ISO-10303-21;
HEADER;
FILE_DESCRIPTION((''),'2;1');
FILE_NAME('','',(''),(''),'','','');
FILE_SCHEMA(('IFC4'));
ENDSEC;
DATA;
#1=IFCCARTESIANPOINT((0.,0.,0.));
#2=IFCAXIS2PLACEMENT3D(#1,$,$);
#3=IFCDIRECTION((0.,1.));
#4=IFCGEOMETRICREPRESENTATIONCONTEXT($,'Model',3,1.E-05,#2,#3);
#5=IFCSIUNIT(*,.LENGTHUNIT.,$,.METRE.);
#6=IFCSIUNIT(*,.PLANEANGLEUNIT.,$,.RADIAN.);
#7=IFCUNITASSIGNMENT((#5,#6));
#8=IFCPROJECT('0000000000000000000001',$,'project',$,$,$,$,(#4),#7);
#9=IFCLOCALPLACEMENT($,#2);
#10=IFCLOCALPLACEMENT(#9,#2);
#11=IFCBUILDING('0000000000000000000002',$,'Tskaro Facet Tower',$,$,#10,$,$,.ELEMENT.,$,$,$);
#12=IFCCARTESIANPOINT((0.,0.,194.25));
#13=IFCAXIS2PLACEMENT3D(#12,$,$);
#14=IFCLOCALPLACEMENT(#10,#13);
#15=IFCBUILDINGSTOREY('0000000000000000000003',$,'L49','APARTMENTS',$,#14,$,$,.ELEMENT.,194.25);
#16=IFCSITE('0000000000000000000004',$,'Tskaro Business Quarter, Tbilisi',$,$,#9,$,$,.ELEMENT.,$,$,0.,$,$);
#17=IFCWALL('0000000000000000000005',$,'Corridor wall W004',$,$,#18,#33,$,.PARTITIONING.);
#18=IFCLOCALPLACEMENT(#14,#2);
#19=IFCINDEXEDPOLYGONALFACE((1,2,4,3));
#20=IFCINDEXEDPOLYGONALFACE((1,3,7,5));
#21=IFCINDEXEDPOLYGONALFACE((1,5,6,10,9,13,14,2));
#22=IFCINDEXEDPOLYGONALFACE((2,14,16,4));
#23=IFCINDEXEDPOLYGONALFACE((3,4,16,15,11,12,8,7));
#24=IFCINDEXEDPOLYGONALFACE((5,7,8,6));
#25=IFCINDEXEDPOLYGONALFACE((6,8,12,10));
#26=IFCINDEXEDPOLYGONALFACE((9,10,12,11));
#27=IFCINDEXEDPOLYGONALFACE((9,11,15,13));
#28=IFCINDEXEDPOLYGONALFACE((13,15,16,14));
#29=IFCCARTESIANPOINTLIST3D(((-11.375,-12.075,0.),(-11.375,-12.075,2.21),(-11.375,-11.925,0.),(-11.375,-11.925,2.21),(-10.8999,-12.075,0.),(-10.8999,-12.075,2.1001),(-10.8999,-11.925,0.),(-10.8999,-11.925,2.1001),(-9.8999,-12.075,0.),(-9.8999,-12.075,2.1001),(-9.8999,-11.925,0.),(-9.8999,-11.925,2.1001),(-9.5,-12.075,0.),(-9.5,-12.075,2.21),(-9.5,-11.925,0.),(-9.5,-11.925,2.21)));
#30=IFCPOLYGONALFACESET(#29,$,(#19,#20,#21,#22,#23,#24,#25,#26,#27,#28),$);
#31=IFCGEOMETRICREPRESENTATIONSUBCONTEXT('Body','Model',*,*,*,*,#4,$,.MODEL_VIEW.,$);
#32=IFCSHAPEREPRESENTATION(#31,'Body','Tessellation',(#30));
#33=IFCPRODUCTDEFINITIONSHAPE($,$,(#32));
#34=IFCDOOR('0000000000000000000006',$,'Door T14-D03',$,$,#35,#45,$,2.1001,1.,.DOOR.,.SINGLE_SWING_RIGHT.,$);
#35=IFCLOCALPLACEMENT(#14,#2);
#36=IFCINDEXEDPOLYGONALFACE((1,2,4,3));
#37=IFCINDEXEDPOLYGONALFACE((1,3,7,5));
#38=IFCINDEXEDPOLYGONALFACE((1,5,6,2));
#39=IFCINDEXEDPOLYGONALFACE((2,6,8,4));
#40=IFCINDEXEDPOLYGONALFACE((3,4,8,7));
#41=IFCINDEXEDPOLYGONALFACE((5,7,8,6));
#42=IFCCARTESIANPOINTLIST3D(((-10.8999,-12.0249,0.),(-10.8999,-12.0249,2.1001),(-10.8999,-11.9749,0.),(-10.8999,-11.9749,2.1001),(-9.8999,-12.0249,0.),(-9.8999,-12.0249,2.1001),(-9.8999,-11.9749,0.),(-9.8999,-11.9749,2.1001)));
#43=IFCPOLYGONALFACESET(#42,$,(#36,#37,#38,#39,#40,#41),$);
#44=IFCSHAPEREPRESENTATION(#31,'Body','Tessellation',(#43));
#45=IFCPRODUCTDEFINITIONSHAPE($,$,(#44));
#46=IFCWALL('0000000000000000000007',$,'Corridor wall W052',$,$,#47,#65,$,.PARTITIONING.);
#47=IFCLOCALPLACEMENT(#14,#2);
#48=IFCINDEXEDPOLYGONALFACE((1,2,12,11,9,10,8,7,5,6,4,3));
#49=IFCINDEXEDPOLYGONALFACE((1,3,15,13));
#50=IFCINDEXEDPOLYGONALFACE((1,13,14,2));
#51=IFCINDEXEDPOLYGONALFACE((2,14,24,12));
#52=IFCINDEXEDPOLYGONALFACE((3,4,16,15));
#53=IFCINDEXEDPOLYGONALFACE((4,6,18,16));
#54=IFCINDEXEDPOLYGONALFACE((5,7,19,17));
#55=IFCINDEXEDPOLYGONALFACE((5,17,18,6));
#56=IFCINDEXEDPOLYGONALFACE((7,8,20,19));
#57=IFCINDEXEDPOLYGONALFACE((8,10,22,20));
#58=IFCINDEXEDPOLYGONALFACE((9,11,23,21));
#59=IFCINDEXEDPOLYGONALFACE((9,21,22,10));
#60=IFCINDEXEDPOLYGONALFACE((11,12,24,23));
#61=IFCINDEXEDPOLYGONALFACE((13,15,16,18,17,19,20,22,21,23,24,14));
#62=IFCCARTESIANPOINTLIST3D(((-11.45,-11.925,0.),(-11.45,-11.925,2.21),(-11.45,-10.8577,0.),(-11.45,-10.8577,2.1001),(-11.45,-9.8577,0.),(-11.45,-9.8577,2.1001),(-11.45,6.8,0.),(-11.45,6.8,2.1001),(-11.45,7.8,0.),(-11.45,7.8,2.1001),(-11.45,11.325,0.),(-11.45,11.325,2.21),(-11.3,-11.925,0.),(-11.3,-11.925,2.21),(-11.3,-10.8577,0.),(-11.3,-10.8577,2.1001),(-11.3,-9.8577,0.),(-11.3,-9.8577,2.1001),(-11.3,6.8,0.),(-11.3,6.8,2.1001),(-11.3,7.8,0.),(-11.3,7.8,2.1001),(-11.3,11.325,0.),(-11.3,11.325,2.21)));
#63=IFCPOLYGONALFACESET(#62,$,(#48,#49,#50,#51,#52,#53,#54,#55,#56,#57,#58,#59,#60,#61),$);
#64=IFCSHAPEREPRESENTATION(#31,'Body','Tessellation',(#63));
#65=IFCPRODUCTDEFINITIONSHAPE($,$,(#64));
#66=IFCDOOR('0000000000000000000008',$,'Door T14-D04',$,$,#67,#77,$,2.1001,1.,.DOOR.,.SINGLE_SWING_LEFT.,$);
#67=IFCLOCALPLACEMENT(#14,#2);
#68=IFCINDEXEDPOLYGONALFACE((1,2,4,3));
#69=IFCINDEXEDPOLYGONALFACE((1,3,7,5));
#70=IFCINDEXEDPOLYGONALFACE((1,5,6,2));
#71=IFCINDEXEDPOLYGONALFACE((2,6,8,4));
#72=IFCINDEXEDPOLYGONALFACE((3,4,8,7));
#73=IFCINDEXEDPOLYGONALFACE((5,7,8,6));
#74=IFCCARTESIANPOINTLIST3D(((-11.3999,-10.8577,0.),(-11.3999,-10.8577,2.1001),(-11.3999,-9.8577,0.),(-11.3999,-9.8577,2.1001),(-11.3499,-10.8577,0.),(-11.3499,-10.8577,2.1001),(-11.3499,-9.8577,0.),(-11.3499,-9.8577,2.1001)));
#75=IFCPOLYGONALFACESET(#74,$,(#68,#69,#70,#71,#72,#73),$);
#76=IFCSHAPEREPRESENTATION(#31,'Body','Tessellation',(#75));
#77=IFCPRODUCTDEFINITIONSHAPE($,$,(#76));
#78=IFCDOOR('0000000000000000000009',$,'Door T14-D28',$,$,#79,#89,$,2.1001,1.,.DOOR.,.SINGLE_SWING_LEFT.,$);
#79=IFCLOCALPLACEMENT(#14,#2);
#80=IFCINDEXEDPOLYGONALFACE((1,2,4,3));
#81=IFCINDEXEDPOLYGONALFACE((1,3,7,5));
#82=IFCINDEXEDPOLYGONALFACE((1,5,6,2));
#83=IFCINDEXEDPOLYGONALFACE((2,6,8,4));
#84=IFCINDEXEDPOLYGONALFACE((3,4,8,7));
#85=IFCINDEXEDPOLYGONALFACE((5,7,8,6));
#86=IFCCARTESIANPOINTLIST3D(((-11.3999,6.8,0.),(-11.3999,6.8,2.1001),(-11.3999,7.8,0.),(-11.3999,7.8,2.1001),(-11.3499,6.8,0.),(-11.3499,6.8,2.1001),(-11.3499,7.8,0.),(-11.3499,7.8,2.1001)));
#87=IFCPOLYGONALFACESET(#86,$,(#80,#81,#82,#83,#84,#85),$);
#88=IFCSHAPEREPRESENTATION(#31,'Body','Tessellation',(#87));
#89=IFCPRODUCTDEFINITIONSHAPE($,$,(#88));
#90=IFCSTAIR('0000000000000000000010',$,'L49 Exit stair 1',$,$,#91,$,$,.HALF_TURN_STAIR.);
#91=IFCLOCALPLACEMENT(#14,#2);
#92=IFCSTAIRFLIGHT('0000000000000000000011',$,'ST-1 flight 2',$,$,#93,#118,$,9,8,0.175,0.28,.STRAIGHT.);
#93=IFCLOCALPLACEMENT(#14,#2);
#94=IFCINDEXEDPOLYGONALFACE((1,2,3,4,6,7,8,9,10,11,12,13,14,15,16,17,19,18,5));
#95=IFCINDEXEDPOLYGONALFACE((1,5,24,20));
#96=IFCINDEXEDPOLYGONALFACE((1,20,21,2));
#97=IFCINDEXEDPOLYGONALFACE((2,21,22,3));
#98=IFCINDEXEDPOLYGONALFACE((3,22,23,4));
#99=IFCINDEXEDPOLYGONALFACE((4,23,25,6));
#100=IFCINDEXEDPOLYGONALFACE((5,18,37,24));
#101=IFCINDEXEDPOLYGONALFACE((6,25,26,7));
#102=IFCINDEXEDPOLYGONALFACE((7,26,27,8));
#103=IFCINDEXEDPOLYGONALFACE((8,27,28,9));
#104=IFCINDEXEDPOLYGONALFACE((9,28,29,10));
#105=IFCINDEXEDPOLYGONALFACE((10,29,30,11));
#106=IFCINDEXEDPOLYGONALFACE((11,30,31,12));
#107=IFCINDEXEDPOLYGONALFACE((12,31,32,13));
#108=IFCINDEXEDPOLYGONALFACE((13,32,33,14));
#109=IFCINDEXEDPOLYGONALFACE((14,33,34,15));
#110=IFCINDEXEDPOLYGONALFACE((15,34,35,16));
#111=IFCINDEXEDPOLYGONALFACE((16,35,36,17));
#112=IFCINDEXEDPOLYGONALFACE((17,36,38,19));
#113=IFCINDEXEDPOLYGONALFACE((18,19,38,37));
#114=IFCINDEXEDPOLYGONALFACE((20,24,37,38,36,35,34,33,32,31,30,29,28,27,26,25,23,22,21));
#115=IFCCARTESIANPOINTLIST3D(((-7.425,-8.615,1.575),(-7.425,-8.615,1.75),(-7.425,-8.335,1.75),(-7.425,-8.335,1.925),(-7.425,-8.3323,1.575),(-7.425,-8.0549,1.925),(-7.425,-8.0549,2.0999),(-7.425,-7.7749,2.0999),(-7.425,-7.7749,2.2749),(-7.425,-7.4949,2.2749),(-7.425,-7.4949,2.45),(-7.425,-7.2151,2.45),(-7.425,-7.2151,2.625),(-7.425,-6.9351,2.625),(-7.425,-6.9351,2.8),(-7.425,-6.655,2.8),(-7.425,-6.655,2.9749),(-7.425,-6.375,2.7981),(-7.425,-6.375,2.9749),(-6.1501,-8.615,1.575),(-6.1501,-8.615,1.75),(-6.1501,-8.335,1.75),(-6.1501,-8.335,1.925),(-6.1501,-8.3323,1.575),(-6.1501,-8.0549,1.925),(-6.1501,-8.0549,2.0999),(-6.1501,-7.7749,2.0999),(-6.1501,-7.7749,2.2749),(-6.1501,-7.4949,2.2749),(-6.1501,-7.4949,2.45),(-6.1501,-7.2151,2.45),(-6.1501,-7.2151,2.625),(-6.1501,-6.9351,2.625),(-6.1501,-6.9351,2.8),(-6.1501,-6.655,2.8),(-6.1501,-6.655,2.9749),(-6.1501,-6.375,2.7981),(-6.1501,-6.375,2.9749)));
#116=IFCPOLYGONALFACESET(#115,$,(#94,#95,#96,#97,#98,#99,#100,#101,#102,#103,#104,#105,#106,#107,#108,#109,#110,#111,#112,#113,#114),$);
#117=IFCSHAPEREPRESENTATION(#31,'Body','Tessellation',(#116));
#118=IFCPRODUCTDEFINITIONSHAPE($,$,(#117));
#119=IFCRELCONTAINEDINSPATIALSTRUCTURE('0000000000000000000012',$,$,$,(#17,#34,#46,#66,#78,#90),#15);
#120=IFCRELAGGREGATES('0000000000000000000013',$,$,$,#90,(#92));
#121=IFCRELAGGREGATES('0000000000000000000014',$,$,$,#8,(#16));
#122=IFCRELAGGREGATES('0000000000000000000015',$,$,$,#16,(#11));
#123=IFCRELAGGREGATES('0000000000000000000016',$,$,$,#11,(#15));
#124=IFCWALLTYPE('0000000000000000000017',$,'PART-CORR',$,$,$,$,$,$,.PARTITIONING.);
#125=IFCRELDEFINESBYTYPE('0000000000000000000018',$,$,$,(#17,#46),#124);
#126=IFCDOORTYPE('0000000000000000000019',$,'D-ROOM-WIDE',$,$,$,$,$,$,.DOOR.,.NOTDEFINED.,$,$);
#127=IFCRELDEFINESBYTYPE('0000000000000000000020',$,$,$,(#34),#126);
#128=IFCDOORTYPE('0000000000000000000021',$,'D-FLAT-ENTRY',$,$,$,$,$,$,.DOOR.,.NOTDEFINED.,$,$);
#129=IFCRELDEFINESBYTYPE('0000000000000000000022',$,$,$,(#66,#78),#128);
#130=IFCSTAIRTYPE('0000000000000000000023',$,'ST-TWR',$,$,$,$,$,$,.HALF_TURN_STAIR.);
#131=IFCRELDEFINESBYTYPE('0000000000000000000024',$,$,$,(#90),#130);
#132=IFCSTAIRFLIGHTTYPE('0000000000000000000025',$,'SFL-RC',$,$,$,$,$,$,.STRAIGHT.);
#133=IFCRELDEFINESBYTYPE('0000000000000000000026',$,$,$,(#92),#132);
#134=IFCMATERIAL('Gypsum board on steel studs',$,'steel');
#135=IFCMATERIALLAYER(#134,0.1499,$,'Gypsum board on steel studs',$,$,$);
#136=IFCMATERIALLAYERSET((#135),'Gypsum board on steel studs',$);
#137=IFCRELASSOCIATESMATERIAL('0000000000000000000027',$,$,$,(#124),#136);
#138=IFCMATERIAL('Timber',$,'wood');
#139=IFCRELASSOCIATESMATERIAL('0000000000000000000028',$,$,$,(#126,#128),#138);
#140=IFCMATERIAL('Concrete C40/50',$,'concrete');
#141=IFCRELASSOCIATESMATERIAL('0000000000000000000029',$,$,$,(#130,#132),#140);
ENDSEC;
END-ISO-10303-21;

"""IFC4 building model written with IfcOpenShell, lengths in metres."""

from ifc_helpers import new_model, si_unit, direction, frame, frame_2d, origin, place, context, subcontext, project, spatial, polyline, rectangle, outline, extrude, material, layer, layer_set, type_object, element, fill, aggregate, save


model = new_model("IFC4")

# Units and contexts
model_context = context("Model", 3, precision=1e-05, world=origin(), true_north=direction((0.0, 1.0)))
body_context = subcontext(model_context, "Body", "Model", "MODEL_VIEW")
ifc_project = project(units=[si_unit("LENGTHUNIT", "METRE"), si_unit("PLANEANGLEUNIT", "RADIAN")], contexts=[model_context])

# Site, building, storey
site_placement = place(None, origin())
site = spatial("IfcSite", under=ifc_project, at=site_placement, Name="Tskaro Business Quarter, Tbilisi", CompositionType="ELEMENT", RefElevation=0.0)
building_placement = place(site_placement, origin())
building = spatial("IfcBuilding", under=site, at=building_placement, Name="Tskaro Facet Tower", CompositionType="ELEMENT")
storey_placement = place(building_placement, frame((0.0, 0.0, 194.25)))
storey = spatial("IfcBuildingStorey", under=building, at=storey_placement, Name="L49", Description="APARTMENTS", CompositionType="ELEMENT", Elevation=194.25)

# Shared definitions
ifc_material_1 = material(Name="Concrete C40/50", Category="concrete")

# Wall, opening, door
ifc_material_2 = material(Name="Gypsum board on steel studs", Category="steel")
ifc_layer_1 = layer(ifc_material_2, 0.1499, Name="Gypsum board on steel studs")
ifc_layer_set_1 = layer_set([ifc_layer_1], Name="Gypsum board on steel studs")
wall_type_1 = type_object("IfcWallType", Name="PART-CORR", PredefinedType="PARTITIONING", material=ifc_layer_set_1)
wall_1_placement = place(storey_placement, frame((-9.5, -12.0, 0.0), z_axis=(0.0, 0.0, 1.0), x_axis=(-1.0, 0.0, 0.0)))
wall_1 = element("IfcWall", 1, at=wall_1_placement, inside=storey, type_object=wall_type_1, Name="Corridor wall W004", PredefinedType="PARTITIONING", context=body_context, shape_type="SweptSolid", body=[
    extrude(rectangle(XDim=1.875, YDim=0.1499, at=frame_2d((0.9375, 0.0))), origin(), (0.0, 0.0, 1.0), 2.21),
])
opening_1_placement = place(wall_1_placement, frame((0.3999, 0.0, 0.0)))
opening_1 = element("IfcOpeningElement", 2, at=opening_1_placement, cuts=wall_1, PredefinedType="OPENING", context=body_context, shape_type="SweptSolid", body=[
    extrude(rectangle(XDim=1.0, YDim=2.1001, at=frame_2d((0.5, 1.05))), frame((0.0, 0.085, 0.0), z_axis=(0.0, -1.0, 0.0), x_axis=(1.0, 0.0, 0.0)), (0.0, 0.0, 1.0), 0.1699),
])
ifc_material_3 = material(Name="Timber", Category="wood")
door_type_1 = type_object("IfcDoorType", Name="D-ROOM-WIDE", OperationType="NOTDEFINED", PredefinedType="DOOR", material=ifc_material_3)
door_1_placement = place(opening_1_placement, origin())
door_1 = element("IfcDoor", 3, at=door_1_placement, inside=storey, type_object=door_type_1, Name="Door T14-D03", OperationType="SINGLE_SWING_RIGHT", OverallHeight=2.1001, OverallWidth=1.0, PredefinedType="DOOR", context=body_context, shape_type="SweptSolid", body=[
    extrude(rectangle(XDim=1.0, YDim=2.1001, at=frame_2d((0.5, 1.05))), frame((0.0, 0.0249, 0.0), z_axis=(0.0, -1.0, 0.0), x_axis=(1.0, 0.0, 0.0)), (0.0, 0.0, 1.0), 0.05),
])
fill(opening_1, door_1)

# Wall, openings, doors
wall_2_placement = place(storey_placement, frame((-11.375, -11.925, 0.0), z_axis=(0.0, 0.0, 1.0), x_axis=(0.0, 1.0, 0.0)))
wall_2 = element("IfcWall", 4, at=wall_2_placement, inside=storey, type_object=wall_type_1, Name="Corridor wall W052", PredefinedType="PARTITIONING", context=body_context, shape_type="SweptSolid", body=[
    extrude(rectangle(XDim=23.25, YDim=0.1499, at=frame_2d((11.625, 0.0))), origin(), (0.0, 0.0, 1.0), 2.21),
])
opening_2_placement = place(wall_2_placement, frame((1.0674, 0.0, 0.0)))
opening_2 = element("IfcOpeningElement", 5, at=opening_2_placement, cuts=wall_2, PredefinedType="OPENING", context=body_context, shape_type="SweptSolid", body=[
    extrude(rectangle(XDim=1.0, YDim=2.1001, at=frame_2d((0.5, 1.05))), frame((0.0, 0.085, 0.0), z_axis=(0.0, -1.0, 0.0), x_axis=(1.0, 0.0, 0.0)), (0.0, 0.0, 1.0), 0.1699),
])
opening_3_placement = place(wall_2_placement, frame((18.7251, 0.0, 0.0)))
opening_3 = element("IfcOpeningElement", 6, at=opening_3_placement, cuts=wall_2, PredefinedType="OPENING", context=body_context, shape_type="SweptSolid", body=[
    extrude(rectangle(XDim=1.0, YDim=2.1001, at=frame_2d((0.5, 1.05))), frame((0.0, 0.085, 0.0), z_axis=(0.0, -1.0, 0.0), x_axis=(1.0, 0.0, 0.0)), (0.0, 0.0, 1.0), 0.1699),
])
door_type_2 = type_object("IfcDoorType", Name="D-FLAT-ENTRY", OperationType="NOTDEFINED", PredefinedType="DOOR", material=ifc_material_3)
door_2_placement = place(opening_2_placement, origin())
door_2 = element("IfcDoor", 7, at=door_2_placement, inside=storey, type_object=door_type_2, Name="Door T14-D04", OperationType="SINGLE_SWING_LEFT", OverallHeight=2.1001, OverallWidth=1.0, PredefinedType="DOOR", context=body_context, shape_type="SweptSolid", body=[
    extrude(rectangle(XDim=1.0, YDim=2.1001, at=frame_2d((0.5, 1.05))), frame((0.0, 0.0249, 0.0), z_axis=(0.0, -1.0, 0.0), x_axis=(1.0, 0.0, 0.0)), (0.0, 0.0, 1.0), 0.05),
])
fill(opening_2, door_2)
door_3_placement = place(opening_3_placement, origin())
door_3 = element("IfcDoor", 8, at=door_3_placement, inside=storey, type_object=door_type_2, Name="Door T14-D28", OperationType="SINGLE_SWING_LEFT", OverallHeight=2.1001, OverallWidth=1.0, PredefinedType="DOOR", context=body_context, shape_type="SweptSolid", body=[
    extrude(rectangle(XDim=1.0, YDim=2.1001, at=frame_2d((0.5, 1.05))), frame((0.0, 0.0249, 0.0), z_axis=(0.0, -1.0, 0.0), x_axis=(1.0, 0.0, 0.0)), (0.0, 0.0, 1.0), 0.05),
])
fill(opening_3, door_3)

# Stair, stair flight
stair_type = type_object("IfcStairType", Name="ST-TWR", PredefinedType="HALF_TURN_STAIR", material=ifc_material_1)
stair_placement = place(storey_placement, origin())
stair = element("IfcStair", 9, at=stair_placement, inside=storey, type_object=stair_type, Name="L49 Exit stair 1", PredefinedType="HALF_TURN_STAIR")
stair_flight_type = type_object("IfcStairFlightType", Name="SFL-RC", PredefinedType="STRAIGHT", material=ifc_material_1)
stair_flight_placement = place(storey_placement, frame((-6.7876, -8.615, 1.575), z_axis=(0.0, 0.0, 1.0), x_axis=(0.0, 1.0, 0.0)))
stair_flight = element("IfcStairFlight", 10, at=stair_flight_placement, type_object=stair_flight_type, Name="ST-1 flight 2", NumberOfRisers=9, NumberOfTreads=8, PredefinedType="STRAIGHT", RiserHeight=0.175, TreadLength=0.28, context=body_context, shape_type="SweptSolid", body=[
    extrude(outline(polyline([(0.0, 0.0), (0.0, 0.175), (0.28, 0.175), (0.28, 0.3501), (0.5601, 0.3501), (0.5601, 0.5249), (0.8401, 0.5249), (0.8401, 0.7), (1.1201, 0.7), (1.1201, 0.875), (1.3999, 0.875), (1.3999, 1.05), (1.6799, 1.05), (1.6799, 1.2251), (1.96, 1.2251), (1.96, 1.3999), (2.24, 1.3999), (2.24, 1.575), (2.24, 1.2231), (0.2827, 0.0), (0.0, 0.0)])), frame((0.0, 0.6375, 0.0), z_axis=(0.0, -1.0, 0.0), x_axis=(1.0, 0.0, 0.0)), (0.0, 0.0, 1.0), 1.2749),
])
aggregate(stair, [stair_flight])

save(model, "model.ifc")
